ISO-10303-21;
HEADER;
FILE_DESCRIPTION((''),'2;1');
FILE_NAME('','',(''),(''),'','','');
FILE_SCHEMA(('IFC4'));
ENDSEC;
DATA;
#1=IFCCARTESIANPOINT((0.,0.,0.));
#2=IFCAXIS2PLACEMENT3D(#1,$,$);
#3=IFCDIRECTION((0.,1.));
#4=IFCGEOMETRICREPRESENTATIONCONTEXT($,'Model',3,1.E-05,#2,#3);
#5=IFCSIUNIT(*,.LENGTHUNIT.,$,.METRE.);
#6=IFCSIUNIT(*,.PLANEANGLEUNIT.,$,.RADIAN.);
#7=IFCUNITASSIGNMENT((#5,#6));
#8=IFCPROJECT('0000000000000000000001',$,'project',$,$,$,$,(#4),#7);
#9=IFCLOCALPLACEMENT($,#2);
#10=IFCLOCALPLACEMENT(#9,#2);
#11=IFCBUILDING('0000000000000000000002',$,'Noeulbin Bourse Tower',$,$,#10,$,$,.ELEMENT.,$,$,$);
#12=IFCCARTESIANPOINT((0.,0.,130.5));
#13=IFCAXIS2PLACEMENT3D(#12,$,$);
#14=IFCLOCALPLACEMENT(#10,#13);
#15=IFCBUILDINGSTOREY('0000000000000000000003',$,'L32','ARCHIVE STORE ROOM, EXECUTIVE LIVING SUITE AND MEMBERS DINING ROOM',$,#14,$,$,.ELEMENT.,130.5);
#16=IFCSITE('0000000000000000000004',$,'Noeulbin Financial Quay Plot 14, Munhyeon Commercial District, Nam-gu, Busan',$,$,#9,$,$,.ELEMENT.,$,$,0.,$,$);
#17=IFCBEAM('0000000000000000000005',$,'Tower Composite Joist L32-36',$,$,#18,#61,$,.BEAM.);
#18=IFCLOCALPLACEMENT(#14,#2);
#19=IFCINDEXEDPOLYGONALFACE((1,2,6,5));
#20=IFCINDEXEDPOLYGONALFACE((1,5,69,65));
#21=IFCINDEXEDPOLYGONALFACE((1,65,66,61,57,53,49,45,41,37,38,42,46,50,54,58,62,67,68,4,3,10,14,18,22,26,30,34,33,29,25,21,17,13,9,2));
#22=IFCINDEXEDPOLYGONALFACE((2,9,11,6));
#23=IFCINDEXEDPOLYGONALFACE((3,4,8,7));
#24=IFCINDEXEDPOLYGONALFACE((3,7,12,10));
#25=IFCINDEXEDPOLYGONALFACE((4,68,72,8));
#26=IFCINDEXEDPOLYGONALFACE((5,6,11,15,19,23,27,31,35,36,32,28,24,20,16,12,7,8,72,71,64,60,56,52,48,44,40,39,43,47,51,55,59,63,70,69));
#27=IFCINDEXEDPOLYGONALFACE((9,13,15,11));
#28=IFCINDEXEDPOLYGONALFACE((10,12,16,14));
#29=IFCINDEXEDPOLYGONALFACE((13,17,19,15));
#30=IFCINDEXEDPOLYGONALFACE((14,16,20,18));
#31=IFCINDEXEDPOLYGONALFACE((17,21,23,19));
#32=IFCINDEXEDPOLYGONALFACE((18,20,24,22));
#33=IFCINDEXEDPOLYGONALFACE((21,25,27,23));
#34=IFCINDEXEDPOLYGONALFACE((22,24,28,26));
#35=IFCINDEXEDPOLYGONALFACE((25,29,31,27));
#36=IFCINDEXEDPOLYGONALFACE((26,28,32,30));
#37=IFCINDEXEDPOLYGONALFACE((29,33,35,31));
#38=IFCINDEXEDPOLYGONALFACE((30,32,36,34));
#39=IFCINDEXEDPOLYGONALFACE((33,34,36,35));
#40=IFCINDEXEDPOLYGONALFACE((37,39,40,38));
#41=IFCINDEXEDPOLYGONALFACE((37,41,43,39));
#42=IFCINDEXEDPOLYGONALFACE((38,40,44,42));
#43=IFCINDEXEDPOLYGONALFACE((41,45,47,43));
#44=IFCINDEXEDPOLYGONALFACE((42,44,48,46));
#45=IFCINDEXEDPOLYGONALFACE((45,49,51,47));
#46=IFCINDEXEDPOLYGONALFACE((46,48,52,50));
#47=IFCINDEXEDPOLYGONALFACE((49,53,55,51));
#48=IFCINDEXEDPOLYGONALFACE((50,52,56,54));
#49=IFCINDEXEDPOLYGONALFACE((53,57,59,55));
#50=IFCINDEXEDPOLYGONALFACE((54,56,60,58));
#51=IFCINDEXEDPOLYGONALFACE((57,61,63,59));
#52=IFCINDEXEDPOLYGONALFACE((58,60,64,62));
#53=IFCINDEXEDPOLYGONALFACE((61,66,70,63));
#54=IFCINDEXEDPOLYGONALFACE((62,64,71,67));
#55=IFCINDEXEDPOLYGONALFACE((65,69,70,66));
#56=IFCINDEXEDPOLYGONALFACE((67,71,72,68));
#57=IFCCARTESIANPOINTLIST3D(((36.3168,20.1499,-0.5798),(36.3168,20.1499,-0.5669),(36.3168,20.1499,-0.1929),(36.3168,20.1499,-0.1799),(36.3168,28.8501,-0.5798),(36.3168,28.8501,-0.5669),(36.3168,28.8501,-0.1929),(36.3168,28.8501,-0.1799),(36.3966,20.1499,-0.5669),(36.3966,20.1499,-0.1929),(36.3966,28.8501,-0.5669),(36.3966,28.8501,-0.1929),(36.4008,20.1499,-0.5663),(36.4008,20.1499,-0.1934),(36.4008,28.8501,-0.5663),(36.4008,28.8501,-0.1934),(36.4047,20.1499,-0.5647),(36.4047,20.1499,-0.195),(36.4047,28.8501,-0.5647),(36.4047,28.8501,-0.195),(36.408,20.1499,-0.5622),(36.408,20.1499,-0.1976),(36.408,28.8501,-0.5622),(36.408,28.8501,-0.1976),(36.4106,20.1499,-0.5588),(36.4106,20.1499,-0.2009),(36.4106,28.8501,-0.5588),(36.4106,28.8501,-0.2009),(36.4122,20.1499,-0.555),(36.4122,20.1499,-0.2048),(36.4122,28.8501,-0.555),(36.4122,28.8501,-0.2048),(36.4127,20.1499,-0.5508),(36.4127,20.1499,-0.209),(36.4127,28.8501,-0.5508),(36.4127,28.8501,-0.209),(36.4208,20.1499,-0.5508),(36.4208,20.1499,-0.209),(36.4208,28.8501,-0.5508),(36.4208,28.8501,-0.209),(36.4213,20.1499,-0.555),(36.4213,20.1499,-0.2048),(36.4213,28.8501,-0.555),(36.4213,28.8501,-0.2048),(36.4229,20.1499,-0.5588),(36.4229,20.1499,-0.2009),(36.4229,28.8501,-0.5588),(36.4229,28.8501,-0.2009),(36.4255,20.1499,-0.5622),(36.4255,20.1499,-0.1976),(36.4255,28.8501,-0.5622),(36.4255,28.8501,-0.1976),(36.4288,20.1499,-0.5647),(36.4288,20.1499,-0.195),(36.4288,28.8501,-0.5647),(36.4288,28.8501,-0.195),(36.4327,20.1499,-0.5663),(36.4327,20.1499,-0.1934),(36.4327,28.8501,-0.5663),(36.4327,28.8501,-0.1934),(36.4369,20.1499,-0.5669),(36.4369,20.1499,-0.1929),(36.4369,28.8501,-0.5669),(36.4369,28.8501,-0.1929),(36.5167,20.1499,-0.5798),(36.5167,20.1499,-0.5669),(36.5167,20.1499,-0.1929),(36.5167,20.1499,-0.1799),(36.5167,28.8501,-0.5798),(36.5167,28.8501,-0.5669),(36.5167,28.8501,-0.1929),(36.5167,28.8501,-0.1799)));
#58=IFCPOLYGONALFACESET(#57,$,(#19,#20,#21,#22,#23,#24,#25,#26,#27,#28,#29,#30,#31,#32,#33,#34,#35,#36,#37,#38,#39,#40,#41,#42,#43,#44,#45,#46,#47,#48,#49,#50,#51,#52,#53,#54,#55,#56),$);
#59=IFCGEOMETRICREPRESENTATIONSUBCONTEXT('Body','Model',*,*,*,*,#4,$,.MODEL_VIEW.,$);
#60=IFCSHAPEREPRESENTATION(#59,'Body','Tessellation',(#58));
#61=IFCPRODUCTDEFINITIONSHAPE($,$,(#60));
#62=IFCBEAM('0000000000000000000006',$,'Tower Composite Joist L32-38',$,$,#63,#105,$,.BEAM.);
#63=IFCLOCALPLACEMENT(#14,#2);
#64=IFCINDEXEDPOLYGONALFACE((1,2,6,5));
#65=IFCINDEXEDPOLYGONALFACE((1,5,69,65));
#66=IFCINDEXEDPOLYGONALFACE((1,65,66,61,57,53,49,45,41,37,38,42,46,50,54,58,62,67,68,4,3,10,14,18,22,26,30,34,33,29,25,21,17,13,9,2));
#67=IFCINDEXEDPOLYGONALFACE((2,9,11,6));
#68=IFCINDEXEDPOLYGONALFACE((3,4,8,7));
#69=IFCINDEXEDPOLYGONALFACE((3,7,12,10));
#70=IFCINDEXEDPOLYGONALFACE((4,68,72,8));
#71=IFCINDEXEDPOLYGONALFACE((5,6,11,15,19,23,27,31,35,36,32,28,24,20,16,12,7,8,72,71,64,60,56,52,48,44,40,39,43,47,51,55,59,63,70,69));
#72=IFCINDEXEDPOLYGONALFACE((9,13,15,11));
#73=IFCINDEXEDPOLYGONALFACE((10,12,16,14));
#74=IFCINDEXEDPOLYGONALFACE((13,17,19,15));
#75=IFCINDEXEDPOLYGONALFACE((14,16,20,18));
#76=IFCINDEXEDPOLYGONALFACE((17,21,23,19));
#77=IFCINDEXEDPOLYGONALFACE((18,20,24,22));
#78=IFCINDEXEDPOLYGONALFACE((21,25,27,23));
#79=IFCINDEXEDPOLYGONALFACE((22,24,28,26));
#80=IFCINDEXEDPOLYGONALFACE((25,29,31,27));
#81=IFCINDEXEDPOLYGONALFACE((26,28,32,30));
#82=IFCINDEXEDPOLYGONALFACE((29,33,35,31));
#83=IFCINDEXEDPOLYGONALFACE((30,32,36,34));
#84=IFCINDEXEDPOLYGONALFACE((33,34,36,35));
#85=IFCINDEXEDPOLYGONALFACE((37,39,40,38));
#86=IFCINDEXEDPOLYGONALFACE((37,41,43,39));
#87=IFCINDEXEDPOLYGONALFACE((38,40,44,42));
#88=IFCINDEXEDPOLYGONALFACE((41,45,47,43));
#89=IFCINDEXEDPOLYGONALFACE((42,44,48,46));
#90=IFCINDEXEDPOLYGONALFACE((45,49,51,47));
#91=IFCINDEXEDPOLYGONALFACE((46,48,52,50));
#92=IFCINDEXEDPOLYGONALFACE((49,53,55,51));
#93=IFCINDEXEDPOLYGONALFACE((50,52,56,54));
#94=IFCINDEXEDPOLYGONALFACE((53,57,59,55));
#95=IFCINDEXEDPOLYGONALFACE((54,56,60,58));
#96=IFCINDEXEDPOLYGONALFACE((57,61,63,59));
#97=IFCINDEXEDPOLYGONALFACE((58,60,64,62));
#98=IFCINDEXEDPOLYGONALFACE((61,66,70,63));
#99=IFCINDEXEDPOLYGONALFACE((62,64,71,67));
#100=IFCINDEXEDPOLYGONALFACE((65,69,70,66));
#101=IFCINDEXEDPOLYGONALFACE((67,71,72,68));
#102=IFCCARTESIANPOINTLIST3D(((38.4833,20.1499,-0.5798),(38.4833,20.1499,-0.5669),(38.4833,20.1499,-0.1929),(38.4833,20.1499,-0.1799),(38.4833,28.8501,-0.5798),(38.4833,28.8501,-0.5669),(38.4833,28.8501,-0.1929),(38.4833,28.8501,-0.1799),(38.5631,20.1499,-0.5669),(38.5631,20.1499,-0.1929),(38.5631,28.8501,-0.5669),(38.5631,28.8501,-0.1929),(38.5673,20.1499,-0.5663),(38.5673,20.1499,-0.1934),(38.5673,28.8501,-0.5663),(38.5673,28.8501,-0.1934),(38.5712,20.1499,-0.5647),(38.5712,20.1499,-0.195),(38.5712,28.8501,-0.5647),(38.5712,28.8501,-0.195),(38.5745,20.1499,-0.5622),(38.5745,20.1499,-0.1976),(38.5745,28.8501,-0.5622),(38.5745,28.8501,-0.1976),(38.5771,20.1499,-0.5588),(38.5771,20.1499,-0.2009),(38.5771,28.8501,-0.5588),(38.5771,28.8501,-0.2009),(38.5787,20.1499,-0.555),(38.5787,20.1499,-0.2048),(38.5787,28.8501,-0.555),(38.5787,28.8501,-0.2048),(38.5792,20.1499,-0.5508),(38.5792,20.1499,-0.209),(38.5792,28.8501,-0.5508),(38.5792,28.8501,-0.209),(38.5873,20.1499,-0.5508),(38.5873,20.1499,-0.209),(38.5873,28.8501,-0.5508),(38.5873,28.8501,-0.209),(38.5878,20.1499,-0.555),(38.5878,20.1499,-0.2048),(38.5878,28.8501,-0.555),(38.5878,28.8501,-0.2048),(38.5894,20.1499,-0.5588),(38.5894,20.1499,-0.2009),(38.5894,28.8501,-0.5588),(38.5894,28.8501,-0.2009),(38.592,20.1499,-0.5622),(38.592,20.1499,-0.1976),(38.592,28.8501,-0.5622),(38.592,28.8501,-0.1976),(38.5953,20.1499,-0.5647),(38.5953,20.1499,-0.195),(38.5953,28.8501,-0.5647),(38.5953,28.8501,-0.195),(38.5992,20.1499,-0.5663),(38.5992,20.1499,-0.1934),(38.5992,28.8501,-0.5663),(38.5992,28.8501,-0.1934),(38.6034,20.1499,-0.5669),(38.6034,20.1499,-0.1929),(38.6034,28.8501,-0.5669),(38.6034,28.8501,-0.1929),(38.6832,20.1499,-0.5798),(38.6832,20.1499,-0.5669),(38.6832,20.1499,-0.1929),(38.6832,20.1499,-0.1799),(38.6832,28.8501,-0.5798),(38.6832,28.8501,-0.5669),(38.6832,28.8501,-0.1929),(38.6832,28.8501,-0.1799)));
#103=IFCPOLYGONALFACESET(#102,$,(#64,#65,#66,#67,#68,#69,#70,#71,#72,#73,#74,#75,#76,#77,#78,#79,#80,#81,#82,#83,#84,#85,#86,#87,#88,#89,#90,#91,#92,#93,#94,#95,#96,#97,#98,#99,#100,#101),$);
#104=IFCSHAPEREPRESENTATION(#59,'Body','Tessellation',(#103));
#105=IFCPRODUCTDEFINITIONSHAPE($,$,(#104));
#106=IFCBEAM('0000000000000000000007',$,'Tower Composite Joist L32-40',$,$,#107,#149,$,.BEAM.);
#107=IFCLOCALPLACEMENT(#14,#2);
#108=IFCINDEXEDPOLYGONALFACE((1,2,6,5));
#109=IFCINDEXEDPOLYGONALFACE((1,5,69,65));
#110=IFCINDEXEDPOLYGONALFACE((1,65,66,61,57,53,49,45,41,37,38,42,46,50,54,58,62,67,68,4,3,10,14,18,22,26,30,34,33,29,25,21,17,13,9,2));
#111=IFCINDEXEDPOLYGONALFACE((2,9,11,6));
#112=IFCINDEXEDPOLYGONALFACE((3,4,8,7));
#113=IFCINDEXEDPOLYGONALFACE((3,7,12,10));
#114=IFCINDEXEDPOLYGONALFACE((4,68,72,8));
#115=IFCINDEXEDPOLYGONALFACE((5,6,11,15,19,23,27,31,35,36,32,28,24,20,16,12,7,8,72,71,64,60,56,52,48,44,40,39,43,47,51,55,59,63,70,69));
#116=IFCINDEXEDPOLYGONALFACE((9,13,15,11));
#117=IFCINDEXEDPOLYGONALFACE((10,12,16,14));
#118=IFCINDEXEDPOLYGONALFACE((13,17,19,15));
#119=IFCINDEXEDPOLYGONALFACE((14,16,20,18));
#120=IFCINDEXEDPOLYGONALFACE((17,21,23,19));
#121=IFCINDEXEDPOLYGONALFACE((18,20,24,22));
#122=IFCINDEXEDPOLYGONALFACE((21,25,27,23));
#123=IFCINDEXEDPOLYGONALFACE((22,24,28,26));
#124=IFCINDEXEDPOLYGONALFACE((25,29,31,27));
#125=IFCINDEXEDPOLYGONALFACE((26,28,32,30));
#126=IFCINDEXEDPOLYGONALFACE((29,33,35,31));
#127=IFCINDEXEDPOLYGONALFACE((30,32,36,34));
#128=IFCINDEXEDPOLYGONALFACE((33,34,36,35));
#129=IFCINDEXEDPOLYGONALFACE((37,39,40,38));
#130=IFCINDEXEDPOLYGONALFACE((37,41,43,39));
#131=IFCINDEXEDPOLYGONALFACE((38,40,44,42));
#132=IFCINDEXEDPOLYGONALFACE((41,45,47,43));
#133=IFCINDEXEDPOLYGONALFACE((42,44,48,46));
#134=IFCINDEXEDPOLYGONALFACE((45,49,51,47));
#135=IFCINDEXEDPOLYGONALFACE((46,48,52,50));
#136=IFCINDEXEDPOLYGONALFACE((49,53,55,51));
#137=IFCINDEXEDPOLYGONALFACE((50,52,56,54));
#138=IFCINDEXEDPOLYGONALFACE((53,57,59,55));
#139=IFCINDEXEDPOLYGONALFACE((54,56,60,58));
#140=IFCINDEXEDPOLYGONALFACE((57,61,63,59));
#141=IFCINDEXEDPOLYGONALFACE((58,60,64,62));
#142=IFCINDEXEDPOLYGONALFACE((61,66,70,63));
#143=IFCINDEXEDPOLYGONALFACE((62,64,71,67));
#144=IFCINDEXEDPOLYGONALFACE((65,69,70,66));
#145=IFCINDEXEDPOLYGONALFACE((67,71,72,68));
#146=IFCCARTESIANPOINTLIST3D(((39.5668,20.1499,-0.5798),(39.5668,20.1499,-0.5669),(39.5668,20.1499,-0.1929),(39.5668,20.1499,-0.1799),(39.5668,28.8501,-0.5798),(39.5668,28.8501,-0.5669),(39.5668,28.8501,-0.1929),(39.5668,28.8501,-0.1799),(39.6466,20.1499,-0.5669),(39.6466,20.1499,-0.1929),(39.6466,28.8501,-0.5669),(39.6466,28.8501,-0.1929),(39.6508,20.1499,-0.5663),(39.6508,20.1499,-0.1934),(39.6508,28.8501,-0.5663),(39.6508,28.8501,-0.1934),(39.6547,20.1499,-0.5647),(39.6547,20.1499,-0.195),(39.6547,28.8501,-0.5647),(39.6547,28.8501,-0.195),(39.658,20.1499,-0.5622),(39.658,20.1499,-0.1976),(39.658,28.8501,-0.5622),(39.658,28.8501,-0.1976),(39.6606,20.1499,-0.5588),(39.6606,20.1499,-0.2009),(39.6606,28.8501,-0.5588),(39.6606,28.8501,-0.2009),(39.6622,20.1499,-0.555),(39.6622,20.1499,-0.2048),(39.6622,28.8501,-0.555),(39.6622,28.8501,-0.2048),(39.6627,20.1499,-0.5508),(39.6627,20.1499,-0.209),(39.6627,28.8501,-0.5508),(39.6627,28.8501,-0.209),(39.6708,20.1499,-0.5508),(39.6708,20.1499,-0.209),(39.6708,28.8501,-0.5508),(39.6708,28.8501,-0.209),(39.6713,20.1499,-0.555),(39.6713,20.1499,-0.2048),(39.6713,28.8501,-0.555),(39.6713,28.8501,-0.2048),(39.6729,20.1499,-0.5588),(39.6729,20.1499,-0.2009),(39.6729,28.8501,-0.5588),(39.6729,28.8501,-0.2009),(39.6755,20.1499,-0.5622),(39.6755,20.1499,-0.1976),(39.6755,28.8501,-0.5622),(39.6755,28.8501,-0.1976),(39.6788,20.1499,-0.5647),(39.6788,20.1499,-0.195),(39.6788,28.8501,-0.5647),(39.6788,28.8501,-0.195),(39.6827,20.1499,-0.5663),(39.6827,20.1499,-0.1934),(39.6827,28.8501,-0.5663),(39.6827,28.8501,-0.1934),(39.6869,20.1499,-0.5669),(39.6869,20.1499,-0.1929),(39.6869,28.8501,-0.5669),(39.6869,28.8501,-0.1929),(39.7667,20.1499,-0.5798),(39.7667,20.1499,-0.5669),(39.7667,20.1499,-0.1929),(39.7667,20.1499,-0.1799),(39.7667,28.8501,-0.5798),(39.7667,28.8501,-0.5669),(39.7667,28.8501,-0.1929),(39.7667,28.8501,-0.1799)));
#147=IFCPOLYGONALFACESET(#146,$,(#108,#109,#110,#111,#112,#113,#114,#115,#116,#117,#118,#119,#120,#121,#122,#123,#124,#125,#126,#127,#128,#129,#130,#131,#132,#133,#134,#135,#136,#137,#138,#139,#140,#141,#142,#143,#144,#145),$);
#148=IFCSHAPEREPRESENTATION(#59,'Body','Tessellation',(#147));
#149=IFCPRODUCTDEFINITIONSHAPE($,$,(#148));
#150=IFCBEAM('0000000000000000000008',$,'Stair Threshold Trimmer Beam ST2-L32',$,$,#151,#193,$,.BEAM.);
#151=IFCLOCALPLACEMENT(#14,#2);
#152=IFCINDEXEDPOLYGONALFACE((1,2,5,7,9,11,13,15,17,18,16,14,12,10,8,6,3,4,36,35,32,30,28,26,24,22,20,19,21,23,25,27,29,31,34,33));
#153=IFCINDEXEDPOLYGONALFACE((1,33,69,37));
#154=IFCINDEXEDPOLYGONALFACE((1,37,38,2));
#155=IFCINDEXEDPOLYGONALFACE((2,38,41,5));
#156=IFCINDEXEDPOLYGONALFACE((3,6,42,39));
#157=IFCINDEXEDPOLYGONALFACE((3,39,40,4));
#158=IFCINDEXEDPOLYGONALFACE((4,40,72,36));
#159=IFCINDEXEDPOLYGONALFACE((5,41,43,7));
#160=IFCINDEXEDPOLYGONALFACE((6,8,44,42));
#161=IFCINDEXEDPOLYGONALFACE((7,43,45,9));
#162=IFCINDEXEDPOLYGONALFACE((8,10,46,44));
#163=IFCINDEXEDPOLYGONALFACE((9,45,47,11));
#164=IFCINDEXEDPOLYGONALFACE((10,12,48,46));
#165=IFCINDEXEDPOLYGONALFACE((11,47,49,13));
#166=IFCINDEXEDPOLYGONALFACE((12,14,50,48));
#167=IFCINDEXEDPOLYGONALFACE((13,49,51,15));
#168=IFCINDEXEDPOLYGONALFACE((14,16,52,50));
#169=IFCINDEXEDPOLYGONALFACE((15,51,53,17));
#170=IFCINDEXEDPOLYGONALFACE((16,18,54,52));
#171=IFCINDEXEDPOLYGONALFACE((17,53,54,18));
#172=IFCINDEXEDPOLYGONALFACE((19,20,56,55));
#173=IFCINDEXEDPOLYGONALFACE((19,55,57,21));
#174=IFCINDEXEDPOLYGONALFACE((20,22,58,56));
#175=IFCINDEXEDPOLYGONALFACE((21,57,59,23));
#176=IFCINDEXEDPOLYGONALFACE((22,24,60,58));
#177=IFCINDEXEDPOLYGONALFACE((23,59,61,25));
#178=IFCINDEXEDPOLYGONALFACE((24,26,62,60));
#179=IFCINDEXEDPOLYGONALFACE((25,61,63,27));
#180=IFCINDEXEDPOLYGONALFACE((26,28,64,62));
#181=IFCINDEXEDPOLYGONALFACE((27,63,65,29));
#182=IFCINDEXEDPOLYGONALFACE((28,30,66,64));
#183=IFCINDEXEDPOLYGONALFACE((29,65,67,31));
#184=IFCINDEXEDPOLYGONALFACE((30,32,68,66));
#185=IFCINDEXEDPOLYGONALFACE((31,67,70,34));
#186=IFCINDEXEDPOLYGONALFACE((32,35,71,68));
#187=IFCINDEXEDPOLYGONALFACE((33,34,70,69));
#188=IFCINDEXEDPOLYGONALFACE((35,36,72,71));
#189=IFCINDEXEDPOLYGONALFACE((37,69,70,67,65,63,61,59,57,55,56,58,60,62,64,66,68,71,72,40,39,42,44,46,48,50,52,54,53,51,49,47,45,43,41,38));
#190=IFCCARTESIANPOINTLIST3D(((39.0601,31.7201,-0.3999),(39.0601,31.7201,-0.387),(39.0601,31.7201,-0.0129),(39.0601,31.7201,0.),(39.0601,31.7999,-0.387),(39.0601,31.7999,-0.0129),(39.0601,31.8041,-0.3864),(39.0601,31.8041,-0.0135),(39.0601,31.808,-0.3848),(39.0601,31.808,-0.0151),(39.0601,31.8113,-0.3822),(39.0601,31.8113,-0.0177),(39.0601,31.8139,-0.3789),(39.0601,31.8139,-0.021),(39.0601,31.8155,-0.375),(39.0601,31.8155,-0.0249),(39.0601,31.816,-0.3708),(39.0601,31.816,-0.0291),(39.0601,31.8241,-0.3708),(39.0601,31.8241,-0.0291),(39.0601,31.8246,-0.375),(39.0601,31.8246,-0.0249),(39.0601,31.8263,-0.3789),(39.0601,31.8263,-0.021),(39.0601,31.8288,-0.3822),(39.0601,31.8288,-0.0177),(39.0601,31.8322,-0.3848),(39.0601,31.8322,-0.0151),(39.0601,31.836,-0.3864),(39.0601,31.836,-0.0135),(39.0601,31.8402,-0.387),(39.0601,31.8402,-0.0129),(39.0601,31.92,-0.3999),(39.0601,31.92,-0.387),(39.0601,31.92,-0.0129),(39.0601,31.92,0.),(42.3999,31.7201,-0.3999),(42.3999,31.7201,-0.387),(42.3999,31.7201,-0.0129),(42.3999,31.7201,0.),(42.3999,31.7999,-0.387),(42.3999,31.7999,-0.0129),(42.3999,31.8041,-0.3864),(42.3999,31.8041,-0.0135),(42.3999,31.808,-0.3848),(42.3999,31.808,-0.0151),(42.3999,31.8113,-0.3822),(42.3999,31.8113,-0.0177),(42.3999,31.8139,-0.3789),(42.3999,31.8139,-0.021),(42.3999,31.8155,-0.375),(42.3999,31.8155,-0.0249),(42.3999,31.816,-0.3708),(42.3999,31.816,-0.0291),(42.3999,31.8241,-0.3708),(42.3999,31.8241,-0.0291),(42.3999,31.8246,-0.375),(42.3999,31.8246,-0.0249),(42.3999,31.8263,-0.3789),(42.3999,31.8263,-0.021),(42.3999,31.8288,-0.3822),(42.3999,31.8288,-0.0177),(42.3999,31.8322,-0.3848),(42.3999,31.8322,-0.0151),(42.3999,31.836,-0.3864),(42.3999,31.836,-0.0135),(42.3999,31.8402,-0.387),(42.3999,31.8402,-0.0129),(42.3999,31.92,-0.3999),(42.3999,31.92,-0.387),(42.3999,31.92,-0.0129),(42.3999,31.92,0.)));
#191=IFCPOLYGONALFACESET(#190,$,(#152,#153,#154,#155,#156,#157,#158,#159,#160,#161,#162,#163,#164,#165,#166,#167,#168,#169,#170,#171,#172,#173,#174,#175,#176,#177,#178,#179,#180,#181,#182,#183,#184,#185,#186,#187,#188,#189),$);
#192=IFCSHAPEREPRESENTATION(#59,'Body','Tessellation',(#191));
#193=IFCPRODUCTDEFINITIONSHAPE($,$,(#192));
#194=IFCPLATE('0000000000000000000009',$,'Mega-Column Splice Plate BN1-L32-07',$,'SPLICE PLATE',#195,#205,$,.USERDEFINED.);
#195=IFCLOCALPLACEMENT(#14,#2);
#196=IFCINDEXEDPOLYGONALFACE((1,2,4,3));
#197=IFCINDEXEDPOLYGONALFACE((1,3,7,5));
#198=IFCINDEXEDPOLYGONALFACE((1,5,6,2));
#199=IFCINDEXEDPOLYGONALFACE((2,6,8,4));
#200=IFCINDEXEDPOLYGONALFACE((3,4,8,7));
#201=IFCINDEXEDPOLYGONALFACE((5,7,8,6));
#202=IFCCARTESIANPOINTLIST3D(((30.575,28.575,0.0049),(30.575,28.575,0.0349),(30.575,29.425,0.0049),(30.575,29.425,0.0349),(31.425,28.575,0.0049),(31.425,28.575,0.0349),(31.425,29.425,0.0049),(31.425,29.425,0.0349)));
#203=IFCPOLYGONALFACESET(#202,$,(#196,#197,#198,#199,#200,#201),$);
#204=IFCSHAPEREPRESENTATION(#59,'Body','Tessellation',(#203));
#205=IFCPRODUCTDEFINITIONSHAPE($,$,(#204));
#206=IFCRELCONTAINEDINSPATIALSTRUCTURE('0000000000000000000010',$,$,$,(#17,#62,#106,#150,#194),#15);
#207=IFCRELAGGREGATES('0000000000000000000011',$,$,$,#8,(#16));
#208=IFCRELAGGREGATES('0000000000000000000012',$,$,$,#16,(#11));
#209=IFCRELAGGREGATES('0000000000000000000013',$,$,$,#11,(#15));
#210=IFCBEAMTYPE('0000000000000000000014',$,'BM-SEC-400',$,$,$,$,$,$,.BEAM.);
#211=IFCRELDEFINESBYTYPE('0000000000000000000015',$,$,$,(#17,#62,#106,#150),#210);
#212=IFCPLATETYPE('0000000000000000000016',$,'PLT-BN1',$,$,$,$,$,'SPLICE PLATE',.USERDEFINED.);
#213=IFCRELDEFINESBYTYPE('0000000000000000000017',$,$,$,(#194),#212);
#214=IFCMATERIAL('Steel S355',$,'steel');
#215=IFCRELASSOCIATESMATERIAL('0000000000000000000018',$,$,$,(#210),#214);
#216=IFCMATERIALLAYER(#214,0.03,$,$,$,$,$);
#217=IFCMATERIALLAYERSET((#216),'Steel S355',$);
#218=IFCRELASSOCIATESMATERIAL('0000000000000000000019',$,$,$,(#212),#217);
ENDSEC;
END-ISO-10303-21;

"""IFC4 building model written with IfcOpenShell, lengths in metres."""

from ifc_helpers import new_model, si_unit, direction, frame, origin, origin_2d, place, context, subcontext, project, spatial, rectangle, i_section, extrude, material, layer, layer_set, material_profile, profile_set, type_object, element, save


model = new_model("IFC4")

# Units and contexts
model_context = context("Model", 3, precision=1e-05, world=origin(), true_north=direction((0.0, 1.0)))
body_context = subcontext(model_context, "Body", "Model", "MODEL_VIEW")
ifc_project = project(units=[si_unit("LENGTHUNIT", "METRE"), si_unit("PLANEANGLEUNIT", "RADIAN")], contexts=[model_context])

# Site, building, storey
site_placement = place(None, origin())
site = spatial("IfcSite", under=ifc_project, at=site_placement, Name="Noeulbin Financial Quay Plot 14, Munhyeon Commercial District, Nam-gu, Busan", CompositionType="ELEMENT", RefElevation=0.0)
building_placement = place(site_placement, origin())
building = spatial("IfcBuilding", under=site, at=building_placement, Name="Noeulbin Bourse Tower", CompositionType="ELEMENT")
storey_placement = place(building_placement, frame((0.0, 0.0, 130.5)))
storey = spatial("IfcBuildingStorey", under=building, at=storey_placement, Name="L32", Description="ARCHIVE STORE ROOM, EXECUTIVE LIVING SUITE AND MEMBERS DINING ROOM", CompositionType="ELEMENT", Elevation=130.5)

# Beams
ifc_material_1 = material(Name="Steel S355", Category="steel")
ifc_material_profile_1 = material_profile(ifc_material_1, i_section(OverallWidth=0.2, OverallDepth=0.3999, WebThickness=0.0081, FlangeThickness=0.0129, FilletRadius=0.0161, at=origin_2d()), Name="H-400x200x8x13", Category="LoadBearing")
ifc_profile_set_1 = profile_set([ifc_material_profile_1], Name="Steel S355")
beam_type = type_object("IfcBeamType", Name="BM-SEC-400", PredefinedType="BEAM", material=ifc_profile_set_1)
for number, where, z_axis, x_axis, name in (
    (1, (36.4167, 20.1499, -0.3799), (0.0, 1.0, 0.0), (-1.0, 0.0, 0.0), "Tower Composite Joist L32-36"),
    (2, (38.5833, 20.1499, -0.3799), (0.0, 1.0, 0.0), (-1.0, 0.0, 0.0), "Tower Composite Joist L32-38"),
    (3, (39.6667, 20.1499, -0.3799), (0.0, 1.0, 0.0), (-1.0, 0.0, 0.0), "Tower Composite Joist L32-40"),
):
    element("IfcBeam", number, at=place(storey_placement, frame(where, z_axis=z_axis, x_axis=x_axis)), inside=storey, type_object=beam_type, Name=name, PredefinedType="BEAM", context=body_context, shape_type="SweptSolid", body=[
        extrude(i_section(OverallWidth=0.2, OverallDepth=0.3999, WebThickness=0.0081, FlangeThickness=0.0129, FilletRadius=0.0161, at=origin_2d()), origin(), (0.0, 0.0, 1.0), 8.7002),
    ])
beam_placement = place(storey_placement, frame((39.0601, 31.8201, -0.2), z_axis=(1.0, 0.0, 0.0), x_axis=(0.0, 1.0, 0.0)))
element("IfcBeam", 4, at=beam_placement, inside=storey, type_object=beam_type, Name="Stair Threshold Trimmer Beam ST2-L32", PredefinedType="BEAM", context=body_context, shape_type="SweptSolid", body=[
    extrude(i_section(OverallWidth=0.2, OverallDepth=0.3999, WebThickness=0.0081, FlangeThickness=0.0129, FilletRadius=0.0161, at=origin_2d()), origin(), (0.0, 0.0, 1.0), 3.3398),
])

# Plate
ifc_layer_1 = layer(ifc_material_1, 0.03)
ifc_layer_set_1 = layer_set([ifc_layer_1], Name="Steel S355")
plate_type = type_object("IfcPlateType", Name="PLT-BN1", ElementType="SPLICE PLATE", PredefinedType="USERDEFINED", material=ifc_layer_set_1)
for number, where, z_axis, x_axis, name in (
    (5, (31.0, 29.0, 0.0049), (0.0, 0.0, 1.0), (1.0, 0.0, 0.0), "Mega-Column Splice Plate BN1-L32-07"),
):
    element("IfcPlate", number, at=place(storey_placement, frame(where, z_axis=z_axis, x_axis=x_axis)), inside=storey, type_object=plate_type, Name=name, ObjectType="SPLICE PLATE", PredefinedType="USERDEFINED", context=body_context, shape_type="SweptSolid", body=[
        extrude(rectangle(XDim=0.8501, YDim=0.8501, at=origin_2d()), origin(), (0.0, 0.0, 1.0), 0.03),
    ])

save(model, "model.ifc")
